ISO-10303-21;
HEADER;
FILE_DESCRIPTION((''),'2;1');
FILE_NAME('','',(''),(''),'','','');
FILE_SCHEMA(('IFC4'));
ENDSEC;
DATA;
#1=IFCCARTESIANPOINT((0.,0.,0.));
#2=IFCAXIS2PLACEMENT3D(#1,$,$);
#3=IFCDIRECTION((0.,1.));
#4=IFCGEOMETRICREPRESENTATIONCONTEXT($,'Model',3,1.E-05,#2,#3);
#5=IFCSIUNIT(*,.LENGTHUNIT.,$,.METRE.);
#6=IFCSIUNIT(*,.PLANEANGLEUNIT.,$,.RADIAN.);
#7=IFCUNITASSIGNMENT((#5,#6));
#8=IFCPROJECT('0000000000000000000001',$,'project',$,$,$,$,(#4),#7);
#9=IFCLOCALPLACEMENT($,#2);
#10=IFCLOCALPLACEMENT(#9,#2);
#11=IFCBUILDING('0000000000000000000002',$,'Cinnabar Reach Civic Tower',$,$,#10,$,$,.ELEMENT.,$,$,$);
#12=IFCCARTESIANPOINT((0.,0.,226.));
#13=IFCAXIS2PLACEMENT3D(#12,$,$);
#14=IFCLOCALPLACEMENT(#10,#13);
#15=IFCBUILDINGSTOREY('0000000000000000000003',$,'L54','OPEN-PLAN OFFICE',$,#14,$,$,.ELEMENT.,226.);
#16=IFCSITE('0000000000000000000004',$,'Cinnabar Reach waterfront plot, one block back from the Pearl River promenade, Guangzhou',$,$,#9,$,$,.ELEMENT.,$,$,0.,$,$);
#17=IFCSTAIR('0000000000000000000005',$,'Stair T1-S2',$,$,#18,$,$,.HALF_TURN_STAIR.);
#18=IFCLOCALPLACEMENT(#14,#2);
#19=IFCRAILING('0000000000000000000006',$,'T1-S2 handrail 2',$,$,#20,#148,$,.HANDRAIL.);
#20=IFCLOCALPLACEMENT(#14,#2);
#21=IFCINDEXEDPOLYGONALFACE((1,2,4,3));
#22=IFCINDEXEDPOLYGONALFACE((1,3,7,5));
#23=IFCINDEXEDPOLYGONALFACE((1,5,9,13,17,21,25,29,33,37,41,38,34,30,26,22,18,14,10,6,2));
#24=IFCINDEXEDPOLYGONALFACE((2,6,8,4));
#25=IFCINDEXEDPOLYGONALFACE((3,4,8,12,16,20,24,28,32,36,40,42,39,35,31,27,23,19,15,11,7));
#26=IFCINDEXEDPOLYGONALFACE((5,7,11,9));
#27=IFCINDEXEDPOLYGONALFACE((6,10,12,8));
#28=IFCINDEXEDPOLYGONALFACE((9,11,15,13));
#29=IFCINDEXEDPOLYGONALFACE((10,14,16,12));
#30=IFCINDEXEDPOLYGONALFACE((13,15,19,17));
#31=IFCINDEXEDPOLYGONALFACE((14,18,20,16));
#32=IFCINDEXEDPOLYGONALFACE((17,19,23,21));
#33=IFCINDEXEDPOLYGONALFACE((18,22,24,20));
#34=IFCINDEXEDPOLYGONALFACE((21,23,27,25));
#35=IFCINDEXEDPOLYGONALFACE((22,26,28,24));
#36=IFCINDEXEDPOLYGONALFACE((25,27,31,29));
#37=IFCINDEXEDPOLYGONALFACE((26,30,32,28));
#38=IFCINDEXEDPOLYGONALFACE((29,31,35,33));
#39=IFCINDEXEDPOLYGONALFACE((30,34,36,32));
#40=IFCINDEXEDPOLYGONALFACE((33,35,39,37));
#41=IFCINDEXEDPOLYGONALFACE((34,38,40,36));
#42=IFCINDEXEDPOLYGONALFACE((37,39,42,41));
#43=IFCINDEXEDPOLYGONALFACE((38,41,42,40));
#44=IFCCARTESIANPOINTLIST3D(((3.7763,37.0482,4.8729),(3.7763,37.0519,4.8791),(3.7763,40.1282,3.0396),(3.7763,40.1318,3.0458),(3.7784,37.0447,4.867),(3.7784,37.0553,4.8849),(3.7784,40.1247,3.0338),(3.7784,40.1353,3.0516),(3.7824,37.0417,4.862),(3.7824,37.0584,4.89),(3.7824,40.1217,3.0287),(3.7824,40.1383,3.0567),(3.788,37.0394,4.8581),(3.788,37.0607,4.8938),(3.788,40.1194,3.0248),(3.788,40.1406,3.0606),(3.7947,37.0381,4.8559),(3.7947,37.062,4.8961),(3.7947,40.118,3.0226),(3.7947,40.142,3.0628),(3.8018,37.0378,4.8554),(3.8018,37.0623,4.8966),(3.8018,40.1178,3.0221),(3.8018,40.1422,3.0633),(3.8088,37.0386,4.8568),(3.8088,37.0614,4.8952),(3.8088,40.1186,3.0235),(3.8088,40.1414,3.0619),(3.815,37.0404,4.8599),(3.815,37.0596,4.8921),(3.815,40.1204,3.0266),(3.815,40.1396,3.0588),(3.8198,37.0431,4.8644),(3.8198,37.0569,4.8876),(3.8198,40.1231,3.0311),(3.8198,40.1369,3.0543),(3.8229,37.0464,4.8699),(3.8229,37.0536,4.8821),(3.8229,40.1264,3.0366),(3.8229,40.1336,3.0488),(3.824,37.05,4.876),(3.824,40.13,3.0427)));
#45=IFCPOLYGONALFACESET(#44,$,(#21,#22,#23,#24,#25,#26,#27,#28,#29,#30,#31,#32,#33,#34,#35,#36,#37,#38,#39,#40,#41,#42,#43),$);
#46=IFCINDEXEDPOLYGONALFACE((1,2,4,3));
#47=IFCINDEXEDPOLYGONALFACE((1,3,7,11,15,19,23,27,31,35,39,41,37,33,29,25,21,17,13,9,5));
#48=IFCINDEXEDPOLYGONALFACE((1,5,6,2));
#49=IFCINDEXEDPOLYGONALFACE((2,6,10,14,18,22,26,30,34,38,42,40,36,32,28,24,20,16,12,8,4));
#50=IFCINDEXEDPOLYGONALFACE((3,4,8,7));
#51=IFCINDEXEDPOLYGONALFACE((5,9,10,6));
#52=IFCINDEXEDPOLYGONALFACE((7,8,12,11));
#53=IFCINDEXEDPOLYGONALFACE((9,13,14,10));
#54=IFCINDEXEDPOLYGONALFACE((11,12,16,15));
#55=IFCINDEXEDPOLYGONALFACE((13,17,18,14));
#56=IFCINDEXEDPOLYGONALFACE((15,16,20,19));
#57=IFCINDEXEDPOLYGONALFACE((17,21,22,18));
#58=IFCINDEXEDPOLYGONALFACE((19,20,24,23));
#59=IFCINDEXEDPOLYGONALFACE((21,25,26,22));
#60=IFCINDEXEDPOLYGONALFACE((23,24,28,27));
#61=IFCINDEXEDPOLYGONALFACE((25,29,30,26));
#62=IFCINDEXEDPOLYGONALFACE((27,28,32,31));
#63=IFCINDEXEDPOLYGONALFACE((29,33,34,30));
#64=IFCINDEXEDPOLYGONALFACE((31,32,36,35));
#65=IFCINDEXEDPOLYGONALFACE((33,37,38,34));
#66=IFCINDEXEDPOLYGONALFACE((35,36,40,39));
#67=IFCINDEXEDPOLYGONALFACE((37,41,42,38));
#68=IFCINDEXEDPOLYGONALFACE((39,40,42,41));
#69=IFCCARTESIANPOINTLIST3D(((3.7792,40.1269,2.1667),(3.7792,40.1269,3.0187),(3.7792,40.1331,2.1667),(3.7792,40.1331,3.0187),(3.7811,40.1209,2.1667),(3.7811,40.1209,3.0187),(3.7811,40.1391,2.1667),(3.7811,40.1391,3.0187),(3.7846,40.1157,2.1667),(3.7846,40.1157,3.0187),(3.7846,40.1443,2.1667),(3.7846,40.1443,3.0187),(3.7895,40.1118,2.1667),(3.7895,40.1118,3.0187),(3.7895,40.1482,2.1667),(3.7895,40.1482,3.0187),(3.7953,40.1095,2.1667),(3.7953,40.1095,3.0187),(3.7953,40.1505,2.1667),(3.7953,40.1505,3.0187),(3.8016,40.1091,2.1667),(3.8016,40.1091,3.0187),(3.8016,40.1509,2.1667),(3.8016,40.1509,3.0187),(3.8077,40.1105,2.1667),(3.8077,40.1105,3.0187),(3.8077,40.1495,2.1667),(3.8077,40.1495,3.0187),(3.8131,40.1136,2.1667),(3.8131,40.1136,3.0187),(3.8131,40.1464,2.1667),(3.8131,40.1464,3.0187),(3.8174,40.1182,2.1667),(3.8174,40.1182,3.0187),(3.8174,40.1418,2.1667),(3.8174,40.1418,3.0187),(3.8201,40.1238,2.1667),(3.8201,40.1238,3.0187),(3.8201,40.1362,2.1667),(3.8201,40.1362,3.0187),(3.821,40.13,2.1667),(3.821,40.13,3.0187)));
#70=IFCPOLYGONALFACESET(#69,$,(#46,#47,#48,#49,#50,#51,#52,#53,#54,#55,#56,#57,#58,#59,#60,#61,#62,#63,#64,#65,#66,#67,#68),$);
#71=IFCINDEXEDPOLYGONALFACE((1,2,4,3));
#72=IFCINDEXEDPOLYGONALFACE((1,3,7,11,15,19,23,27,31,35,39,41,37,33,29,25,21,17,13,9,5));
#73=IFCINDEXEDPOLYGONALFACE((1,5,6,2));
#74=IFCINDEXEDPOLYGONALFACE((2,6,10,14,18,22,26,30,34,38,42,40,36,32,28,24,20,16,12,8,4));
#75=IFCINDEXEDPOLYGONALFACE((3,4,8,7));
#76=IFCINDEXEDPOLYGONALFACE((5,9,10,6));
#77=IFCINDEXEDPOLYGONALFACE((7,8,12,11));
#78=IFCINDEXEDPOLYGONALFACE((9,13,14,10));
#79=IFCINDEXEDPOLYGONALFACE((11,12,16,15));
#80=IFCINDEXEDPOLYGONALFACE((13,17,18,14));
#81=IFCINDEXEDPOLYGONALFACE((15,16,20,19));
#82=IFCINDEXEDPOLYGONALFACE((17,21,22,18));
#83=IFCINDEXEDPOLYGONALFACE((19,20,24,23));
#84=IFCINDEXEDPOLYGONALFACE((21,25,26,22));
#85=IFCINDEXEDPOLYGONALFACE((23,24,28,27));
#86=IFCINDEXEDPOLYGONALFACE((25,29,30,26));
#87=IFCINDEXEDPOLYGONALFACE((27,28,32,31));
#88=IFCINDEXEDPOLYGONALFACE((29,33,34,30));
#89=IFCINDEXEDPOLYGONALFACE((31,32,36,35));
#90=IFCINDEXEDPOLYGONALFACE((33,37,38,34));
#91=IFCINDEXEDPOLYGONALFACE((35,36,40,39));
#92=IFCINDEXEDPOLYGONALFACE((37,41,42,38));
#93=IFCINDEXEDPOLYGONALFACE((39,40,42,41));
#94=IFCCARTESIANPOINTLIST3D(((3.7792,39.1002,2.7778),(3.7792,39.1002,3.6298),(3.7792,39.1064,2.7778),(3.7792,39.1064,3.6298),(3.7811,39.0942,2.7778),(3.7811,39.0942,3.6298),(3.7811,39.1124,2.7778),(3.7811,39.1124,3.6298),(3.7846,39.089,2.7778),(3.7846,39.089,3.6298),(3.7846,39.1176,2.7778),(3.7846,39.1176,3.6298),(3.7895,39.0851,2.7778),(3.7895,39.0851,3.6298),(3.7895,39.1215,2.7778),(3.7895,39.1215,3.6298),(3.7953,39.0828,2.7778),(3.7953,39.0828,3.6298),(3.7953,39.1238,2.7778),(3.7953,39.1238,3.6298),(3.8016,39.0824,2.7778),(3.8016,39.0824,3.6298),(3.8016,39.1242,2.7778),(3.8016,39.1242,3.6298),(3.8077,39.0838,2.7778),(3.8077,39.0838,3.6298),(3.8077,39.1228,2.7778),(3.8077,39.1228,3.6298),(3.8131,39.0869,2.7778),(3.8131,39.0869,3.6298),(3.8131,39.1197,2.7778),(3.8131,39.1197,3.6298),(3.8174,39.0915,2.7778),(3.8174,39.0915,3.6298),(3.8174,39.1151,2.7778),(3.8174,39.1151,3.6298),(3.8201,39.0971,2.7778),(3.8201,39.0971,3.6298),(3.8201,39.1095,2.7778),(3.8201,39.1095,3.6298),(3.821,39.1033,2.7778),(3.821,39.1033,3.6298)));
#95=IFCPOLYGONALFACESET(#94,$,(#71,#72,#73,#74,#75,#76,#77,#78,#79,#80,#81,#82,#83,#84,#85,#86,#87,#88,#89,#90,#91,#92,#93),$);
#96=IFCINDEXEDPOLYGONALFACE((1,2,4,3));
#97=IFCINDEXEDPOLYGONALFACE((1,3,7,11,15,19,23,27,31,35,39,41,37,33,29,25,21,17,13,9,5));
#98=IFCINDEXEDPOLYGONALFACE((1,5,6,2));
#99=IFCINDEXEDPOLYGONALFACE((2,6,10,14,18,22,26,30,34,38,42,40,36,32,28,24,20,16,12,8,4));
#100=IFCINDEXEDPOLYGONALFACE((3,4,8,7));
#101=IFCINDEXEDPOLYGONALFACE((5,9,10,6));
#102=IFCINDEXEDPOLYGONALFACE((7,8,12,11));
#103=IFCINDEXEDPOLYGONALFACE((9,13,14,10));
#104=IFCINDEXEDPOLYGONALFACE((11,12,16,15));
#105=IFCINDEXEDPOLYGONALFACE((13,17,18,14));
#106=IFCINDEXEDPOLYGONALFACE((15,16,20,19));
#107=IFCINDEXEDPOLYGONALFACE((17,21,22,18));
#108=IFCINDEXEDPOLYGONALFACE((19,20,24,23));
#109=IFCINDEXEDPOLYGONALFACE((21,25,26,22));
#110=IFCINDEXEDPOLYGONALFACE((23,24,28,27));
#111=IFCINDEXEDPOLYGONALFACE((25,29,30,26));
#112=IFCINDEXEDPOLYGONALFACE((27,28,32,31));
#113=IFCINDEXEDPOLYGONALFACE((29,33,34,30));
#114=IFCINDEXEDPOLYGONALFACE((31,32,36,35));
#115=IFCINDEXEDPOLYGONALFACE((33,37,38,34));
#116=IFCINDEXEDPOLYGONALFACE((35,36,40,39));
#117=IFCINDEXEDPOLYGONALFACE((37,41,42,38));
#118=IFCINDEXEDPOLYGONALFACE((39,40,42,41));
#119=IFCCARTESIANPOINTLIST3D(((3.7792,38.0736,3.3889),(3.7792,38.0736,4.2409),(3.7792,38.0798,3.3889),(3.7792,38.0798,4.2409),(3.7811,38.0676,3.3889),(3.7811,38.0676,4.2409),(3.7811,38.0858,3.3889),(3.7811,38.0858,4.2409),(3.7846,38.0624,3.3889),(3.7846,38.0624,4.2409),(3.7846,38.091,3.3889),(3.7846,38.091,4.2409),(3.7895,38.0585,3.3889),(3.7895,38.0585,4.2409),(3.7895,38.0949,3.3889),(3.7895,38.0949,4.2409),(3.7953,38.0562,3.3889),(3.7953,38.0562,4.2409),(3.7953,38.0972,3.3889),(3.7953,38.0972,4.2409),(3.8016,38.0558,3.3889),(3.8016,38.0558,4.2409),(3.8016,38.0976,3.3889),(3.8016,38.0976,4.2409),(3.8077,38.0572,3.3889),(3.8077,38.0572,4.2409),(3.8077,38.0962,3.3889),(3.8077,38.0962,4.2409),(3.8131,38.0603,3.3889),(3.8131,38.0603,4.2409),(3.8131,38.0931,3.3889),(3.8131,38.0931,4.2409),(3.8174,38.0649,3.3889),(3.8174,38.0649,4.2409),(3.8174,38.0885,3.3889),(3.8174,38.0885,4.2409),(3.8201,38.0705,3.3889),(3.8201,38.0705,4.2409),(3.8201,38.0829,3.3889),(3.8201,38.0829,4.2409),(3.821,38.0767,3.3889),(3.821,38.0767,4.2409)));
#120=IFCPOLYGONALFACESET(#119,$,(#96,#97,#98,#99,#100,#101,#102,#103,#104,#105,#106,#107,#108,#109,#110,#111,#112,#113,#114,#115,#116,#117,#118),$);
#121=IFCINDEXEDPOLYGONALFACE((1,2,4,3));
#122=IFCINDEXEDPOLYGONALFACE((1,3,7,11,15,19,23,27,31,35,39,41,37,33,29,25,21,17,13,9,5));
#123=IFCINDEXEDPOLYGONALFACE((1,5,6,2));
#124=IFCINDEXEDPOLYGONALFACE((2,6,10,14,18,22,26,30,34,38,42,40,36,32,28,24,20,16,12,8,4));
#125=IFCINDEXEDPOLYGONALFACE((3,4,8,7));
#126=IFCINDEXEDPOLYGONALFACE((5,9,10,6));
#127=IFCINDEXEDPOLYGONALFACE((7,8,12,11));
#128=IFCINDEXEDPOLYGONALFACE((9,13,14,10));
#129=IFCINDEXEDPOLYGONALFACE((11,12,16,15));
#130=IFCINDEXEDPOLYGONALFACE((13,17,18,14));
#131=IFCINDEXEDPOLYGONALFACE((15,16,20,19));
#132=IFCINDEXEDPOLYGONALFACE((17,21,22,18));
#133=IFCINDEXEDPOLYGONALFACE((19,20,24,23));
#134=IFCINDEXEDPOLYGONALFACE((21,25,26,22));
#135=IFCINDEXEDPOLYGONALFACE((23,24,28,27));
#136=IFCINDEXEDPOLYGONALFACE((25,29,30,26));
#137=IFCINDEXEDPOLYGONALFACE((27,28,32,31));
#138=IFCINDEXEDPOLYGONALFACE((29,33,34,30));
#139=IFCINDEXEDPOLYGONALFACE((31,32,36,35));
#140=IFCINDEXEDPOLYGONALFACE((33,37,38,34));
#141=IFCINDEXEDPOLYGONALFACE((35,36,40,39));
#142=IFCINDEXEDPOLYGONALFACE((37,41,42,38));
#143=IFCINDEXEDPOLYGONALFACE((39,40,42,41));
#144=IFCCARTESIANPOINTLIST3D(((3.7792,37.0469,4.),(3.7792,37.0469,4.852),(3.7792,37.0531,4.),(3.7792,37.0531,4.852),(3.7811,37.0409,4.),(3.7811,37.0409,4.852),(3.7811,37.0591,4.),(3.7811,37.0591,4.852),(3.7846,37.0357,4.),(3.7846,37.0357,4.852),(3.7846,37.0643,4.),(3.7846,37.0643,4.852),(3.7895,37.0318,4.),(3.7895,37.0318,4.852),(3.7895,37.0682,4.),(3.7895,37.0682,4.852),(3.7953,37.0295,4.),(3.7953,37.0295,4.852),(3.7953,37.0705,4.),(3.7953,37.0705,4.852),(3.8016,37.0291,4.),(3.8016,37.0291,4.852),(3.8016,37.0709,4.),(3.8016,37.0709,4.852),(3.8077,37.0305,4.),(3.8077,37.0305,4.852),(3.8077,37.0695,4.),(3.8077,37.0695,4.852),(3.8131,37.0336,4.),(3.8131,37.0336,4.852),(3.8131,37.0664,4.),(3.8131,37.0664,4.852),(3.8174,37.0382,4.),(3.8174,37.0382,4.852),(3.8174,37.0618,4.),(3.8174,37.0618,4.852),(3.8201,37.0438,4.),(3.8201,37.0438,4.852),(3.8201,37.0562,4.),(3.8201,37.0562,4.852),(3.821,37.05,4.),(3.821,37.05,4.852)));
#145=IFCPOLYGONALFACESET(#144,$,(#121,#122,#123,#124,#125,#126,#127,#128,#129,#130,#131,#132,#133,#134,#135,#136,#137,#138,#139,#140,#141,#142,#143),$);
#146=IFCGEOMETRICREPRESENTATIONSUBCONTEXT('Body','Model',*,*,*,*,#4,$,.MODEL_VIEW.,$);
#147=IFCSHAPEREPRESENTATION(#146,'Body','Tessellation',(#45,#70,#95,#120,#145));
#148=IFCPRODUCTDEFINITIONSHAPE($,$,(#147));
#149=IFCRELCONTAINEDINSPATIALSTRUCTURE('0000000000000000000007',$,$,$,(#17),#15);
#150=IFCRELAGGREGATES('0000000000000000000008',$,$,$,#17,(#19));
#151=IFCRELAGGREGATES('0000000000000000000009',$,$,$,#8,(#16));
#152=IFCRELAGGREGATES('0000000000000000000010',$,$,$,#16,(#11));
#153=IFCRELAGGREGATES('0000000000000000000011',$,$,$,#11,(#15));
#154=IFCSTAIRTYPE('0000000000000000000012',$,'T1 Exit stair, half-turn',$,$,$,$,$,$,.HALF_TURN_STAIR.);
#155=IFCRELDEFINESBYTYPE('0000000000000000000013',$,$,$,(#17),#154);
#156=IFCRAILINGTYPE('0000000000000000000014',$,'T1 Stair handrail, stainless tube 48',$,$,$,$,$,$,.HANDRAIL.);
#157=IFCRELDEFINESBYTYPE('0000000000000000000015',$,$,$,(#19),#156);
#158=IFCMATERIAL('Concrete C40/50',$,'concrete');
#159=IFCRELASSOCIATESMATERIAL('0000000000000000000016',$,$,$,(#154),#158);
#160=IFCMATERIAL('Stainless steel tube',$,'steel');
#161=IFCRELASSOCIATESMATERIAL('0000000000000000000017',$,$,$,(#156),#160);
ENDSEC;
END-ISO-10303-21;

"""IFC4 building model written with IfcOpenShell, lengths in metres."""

from ifc_helpers import new_model, si_unit, direction, frame, origin, origin_2d, place, context, subcontext, project, spatial, circle, extrude, material, type_object, element, aggregate, save


model = new_model("IFC4")

# Units and contexts
model_context = context("Model", 3, precision=1e-05, world=origin(), true_north=direction((0.0, 1.0)))
body_context = subcontext(model_context, "Body", "Model", "MODEL_VIEW")
ifc_project = project(units=[si_unit("LENGTHUNIT", "METRE"), si_unit("PLANEANGLEUNIT", "RADIAN")], contexts=[model_context])

# Site, building, storey
site_placement = place(None, origin())
site = spatial("IfcSite", under=ifc_project, at=site_placement, Name="Cinnabar Reach waterfront plot, one block back from the Pearl River promenade, Guangzhou", CompositionType="ELEMENT", RefElevation=0.0)
building_placement = place(site_placement, origin())
building = spatial("IfcBuilding", under=site, at=building_placement, Name="Cinnabar Reach Civic Tower", CompositionType="ELEMENT")
storey_placement = place(building_placement, frame((0.0, 0.0, 226.0)))
storey = spatial("IfcBuildingStorey", under=building, at=storey_placement, Name="L54", Description="OPEN-PLAN OFFICE", CompositionType="ELEMENT", Elevation=226.0)

# Shared definitions
ifc_material_1 = material(Name="Concrete C40/50", Category="concrete")

# Stair, railing
stair_type = type_object("IfcStairType", Name="T1 Exit stair, half-turn", PredefinedType="HALF_TURN_STAIR", material=ifc_material_1)
stair_placement = place(storey_placement, origin())
stair = element("IfcStair", 1, at=stair_placement, inside=storey, type_object=stair_type, Name="Stair T1-S2", PredefinedType="HALF_TURN_STAIR")
ifc_material_2 = material(Name="Stainless steel tube", Category="steel")
railing_type = type_object("IfcRailingType", Name="T1 Stair handrail, stainless tube 48", PredefinedType="HANDRAIL", material=ifc_material_2)
railing_1_placement = place(storey_placement, frame((3.8, 40.13, 2.1667)))
railing_1 = element("IfcRailing", 2, at=railing_1_placement, type_object=railing_type, Name="T1-S2 handrail 2", PredefinedType="HANDRAIL", context=body_context, shape_type="SweptSolid", body=[
    extrude(circle(Radius=0.024, at=origin_2d()), frame((0.0, 0.0, 0.876), z_axis=(0.0, -0.859297, 0.511477), x_axis=(1.0, 0.0, 0.0)), (0.0, 0.0, 1.0), 3.5843),
    extrude(circle(Radius=0.021, at=origin_2d()), origin(), (0.0, 0.0, 1.0), 0.852),
    extrude(circle(Radius=0.021, at=origin_2d()), frame((0.0, -1.0267, 0.6111)), (0.0, 0.0, 1.0), 0.852),
    extrude(circle(Radius=0.021, at=origin_2d()), frame((0.0, -2.0533, 1.2222)), (0.0, 0.0, 1.0), 0.852),
    extrude(circle(Radius=0.021, at=origin_2d()), frame((0.0, -3.08, 1.8333)), (0.0, 0.0, 1.0), 0.852),
])
aggregate(stair, [railing_1])

save(model, "model.ifc")
